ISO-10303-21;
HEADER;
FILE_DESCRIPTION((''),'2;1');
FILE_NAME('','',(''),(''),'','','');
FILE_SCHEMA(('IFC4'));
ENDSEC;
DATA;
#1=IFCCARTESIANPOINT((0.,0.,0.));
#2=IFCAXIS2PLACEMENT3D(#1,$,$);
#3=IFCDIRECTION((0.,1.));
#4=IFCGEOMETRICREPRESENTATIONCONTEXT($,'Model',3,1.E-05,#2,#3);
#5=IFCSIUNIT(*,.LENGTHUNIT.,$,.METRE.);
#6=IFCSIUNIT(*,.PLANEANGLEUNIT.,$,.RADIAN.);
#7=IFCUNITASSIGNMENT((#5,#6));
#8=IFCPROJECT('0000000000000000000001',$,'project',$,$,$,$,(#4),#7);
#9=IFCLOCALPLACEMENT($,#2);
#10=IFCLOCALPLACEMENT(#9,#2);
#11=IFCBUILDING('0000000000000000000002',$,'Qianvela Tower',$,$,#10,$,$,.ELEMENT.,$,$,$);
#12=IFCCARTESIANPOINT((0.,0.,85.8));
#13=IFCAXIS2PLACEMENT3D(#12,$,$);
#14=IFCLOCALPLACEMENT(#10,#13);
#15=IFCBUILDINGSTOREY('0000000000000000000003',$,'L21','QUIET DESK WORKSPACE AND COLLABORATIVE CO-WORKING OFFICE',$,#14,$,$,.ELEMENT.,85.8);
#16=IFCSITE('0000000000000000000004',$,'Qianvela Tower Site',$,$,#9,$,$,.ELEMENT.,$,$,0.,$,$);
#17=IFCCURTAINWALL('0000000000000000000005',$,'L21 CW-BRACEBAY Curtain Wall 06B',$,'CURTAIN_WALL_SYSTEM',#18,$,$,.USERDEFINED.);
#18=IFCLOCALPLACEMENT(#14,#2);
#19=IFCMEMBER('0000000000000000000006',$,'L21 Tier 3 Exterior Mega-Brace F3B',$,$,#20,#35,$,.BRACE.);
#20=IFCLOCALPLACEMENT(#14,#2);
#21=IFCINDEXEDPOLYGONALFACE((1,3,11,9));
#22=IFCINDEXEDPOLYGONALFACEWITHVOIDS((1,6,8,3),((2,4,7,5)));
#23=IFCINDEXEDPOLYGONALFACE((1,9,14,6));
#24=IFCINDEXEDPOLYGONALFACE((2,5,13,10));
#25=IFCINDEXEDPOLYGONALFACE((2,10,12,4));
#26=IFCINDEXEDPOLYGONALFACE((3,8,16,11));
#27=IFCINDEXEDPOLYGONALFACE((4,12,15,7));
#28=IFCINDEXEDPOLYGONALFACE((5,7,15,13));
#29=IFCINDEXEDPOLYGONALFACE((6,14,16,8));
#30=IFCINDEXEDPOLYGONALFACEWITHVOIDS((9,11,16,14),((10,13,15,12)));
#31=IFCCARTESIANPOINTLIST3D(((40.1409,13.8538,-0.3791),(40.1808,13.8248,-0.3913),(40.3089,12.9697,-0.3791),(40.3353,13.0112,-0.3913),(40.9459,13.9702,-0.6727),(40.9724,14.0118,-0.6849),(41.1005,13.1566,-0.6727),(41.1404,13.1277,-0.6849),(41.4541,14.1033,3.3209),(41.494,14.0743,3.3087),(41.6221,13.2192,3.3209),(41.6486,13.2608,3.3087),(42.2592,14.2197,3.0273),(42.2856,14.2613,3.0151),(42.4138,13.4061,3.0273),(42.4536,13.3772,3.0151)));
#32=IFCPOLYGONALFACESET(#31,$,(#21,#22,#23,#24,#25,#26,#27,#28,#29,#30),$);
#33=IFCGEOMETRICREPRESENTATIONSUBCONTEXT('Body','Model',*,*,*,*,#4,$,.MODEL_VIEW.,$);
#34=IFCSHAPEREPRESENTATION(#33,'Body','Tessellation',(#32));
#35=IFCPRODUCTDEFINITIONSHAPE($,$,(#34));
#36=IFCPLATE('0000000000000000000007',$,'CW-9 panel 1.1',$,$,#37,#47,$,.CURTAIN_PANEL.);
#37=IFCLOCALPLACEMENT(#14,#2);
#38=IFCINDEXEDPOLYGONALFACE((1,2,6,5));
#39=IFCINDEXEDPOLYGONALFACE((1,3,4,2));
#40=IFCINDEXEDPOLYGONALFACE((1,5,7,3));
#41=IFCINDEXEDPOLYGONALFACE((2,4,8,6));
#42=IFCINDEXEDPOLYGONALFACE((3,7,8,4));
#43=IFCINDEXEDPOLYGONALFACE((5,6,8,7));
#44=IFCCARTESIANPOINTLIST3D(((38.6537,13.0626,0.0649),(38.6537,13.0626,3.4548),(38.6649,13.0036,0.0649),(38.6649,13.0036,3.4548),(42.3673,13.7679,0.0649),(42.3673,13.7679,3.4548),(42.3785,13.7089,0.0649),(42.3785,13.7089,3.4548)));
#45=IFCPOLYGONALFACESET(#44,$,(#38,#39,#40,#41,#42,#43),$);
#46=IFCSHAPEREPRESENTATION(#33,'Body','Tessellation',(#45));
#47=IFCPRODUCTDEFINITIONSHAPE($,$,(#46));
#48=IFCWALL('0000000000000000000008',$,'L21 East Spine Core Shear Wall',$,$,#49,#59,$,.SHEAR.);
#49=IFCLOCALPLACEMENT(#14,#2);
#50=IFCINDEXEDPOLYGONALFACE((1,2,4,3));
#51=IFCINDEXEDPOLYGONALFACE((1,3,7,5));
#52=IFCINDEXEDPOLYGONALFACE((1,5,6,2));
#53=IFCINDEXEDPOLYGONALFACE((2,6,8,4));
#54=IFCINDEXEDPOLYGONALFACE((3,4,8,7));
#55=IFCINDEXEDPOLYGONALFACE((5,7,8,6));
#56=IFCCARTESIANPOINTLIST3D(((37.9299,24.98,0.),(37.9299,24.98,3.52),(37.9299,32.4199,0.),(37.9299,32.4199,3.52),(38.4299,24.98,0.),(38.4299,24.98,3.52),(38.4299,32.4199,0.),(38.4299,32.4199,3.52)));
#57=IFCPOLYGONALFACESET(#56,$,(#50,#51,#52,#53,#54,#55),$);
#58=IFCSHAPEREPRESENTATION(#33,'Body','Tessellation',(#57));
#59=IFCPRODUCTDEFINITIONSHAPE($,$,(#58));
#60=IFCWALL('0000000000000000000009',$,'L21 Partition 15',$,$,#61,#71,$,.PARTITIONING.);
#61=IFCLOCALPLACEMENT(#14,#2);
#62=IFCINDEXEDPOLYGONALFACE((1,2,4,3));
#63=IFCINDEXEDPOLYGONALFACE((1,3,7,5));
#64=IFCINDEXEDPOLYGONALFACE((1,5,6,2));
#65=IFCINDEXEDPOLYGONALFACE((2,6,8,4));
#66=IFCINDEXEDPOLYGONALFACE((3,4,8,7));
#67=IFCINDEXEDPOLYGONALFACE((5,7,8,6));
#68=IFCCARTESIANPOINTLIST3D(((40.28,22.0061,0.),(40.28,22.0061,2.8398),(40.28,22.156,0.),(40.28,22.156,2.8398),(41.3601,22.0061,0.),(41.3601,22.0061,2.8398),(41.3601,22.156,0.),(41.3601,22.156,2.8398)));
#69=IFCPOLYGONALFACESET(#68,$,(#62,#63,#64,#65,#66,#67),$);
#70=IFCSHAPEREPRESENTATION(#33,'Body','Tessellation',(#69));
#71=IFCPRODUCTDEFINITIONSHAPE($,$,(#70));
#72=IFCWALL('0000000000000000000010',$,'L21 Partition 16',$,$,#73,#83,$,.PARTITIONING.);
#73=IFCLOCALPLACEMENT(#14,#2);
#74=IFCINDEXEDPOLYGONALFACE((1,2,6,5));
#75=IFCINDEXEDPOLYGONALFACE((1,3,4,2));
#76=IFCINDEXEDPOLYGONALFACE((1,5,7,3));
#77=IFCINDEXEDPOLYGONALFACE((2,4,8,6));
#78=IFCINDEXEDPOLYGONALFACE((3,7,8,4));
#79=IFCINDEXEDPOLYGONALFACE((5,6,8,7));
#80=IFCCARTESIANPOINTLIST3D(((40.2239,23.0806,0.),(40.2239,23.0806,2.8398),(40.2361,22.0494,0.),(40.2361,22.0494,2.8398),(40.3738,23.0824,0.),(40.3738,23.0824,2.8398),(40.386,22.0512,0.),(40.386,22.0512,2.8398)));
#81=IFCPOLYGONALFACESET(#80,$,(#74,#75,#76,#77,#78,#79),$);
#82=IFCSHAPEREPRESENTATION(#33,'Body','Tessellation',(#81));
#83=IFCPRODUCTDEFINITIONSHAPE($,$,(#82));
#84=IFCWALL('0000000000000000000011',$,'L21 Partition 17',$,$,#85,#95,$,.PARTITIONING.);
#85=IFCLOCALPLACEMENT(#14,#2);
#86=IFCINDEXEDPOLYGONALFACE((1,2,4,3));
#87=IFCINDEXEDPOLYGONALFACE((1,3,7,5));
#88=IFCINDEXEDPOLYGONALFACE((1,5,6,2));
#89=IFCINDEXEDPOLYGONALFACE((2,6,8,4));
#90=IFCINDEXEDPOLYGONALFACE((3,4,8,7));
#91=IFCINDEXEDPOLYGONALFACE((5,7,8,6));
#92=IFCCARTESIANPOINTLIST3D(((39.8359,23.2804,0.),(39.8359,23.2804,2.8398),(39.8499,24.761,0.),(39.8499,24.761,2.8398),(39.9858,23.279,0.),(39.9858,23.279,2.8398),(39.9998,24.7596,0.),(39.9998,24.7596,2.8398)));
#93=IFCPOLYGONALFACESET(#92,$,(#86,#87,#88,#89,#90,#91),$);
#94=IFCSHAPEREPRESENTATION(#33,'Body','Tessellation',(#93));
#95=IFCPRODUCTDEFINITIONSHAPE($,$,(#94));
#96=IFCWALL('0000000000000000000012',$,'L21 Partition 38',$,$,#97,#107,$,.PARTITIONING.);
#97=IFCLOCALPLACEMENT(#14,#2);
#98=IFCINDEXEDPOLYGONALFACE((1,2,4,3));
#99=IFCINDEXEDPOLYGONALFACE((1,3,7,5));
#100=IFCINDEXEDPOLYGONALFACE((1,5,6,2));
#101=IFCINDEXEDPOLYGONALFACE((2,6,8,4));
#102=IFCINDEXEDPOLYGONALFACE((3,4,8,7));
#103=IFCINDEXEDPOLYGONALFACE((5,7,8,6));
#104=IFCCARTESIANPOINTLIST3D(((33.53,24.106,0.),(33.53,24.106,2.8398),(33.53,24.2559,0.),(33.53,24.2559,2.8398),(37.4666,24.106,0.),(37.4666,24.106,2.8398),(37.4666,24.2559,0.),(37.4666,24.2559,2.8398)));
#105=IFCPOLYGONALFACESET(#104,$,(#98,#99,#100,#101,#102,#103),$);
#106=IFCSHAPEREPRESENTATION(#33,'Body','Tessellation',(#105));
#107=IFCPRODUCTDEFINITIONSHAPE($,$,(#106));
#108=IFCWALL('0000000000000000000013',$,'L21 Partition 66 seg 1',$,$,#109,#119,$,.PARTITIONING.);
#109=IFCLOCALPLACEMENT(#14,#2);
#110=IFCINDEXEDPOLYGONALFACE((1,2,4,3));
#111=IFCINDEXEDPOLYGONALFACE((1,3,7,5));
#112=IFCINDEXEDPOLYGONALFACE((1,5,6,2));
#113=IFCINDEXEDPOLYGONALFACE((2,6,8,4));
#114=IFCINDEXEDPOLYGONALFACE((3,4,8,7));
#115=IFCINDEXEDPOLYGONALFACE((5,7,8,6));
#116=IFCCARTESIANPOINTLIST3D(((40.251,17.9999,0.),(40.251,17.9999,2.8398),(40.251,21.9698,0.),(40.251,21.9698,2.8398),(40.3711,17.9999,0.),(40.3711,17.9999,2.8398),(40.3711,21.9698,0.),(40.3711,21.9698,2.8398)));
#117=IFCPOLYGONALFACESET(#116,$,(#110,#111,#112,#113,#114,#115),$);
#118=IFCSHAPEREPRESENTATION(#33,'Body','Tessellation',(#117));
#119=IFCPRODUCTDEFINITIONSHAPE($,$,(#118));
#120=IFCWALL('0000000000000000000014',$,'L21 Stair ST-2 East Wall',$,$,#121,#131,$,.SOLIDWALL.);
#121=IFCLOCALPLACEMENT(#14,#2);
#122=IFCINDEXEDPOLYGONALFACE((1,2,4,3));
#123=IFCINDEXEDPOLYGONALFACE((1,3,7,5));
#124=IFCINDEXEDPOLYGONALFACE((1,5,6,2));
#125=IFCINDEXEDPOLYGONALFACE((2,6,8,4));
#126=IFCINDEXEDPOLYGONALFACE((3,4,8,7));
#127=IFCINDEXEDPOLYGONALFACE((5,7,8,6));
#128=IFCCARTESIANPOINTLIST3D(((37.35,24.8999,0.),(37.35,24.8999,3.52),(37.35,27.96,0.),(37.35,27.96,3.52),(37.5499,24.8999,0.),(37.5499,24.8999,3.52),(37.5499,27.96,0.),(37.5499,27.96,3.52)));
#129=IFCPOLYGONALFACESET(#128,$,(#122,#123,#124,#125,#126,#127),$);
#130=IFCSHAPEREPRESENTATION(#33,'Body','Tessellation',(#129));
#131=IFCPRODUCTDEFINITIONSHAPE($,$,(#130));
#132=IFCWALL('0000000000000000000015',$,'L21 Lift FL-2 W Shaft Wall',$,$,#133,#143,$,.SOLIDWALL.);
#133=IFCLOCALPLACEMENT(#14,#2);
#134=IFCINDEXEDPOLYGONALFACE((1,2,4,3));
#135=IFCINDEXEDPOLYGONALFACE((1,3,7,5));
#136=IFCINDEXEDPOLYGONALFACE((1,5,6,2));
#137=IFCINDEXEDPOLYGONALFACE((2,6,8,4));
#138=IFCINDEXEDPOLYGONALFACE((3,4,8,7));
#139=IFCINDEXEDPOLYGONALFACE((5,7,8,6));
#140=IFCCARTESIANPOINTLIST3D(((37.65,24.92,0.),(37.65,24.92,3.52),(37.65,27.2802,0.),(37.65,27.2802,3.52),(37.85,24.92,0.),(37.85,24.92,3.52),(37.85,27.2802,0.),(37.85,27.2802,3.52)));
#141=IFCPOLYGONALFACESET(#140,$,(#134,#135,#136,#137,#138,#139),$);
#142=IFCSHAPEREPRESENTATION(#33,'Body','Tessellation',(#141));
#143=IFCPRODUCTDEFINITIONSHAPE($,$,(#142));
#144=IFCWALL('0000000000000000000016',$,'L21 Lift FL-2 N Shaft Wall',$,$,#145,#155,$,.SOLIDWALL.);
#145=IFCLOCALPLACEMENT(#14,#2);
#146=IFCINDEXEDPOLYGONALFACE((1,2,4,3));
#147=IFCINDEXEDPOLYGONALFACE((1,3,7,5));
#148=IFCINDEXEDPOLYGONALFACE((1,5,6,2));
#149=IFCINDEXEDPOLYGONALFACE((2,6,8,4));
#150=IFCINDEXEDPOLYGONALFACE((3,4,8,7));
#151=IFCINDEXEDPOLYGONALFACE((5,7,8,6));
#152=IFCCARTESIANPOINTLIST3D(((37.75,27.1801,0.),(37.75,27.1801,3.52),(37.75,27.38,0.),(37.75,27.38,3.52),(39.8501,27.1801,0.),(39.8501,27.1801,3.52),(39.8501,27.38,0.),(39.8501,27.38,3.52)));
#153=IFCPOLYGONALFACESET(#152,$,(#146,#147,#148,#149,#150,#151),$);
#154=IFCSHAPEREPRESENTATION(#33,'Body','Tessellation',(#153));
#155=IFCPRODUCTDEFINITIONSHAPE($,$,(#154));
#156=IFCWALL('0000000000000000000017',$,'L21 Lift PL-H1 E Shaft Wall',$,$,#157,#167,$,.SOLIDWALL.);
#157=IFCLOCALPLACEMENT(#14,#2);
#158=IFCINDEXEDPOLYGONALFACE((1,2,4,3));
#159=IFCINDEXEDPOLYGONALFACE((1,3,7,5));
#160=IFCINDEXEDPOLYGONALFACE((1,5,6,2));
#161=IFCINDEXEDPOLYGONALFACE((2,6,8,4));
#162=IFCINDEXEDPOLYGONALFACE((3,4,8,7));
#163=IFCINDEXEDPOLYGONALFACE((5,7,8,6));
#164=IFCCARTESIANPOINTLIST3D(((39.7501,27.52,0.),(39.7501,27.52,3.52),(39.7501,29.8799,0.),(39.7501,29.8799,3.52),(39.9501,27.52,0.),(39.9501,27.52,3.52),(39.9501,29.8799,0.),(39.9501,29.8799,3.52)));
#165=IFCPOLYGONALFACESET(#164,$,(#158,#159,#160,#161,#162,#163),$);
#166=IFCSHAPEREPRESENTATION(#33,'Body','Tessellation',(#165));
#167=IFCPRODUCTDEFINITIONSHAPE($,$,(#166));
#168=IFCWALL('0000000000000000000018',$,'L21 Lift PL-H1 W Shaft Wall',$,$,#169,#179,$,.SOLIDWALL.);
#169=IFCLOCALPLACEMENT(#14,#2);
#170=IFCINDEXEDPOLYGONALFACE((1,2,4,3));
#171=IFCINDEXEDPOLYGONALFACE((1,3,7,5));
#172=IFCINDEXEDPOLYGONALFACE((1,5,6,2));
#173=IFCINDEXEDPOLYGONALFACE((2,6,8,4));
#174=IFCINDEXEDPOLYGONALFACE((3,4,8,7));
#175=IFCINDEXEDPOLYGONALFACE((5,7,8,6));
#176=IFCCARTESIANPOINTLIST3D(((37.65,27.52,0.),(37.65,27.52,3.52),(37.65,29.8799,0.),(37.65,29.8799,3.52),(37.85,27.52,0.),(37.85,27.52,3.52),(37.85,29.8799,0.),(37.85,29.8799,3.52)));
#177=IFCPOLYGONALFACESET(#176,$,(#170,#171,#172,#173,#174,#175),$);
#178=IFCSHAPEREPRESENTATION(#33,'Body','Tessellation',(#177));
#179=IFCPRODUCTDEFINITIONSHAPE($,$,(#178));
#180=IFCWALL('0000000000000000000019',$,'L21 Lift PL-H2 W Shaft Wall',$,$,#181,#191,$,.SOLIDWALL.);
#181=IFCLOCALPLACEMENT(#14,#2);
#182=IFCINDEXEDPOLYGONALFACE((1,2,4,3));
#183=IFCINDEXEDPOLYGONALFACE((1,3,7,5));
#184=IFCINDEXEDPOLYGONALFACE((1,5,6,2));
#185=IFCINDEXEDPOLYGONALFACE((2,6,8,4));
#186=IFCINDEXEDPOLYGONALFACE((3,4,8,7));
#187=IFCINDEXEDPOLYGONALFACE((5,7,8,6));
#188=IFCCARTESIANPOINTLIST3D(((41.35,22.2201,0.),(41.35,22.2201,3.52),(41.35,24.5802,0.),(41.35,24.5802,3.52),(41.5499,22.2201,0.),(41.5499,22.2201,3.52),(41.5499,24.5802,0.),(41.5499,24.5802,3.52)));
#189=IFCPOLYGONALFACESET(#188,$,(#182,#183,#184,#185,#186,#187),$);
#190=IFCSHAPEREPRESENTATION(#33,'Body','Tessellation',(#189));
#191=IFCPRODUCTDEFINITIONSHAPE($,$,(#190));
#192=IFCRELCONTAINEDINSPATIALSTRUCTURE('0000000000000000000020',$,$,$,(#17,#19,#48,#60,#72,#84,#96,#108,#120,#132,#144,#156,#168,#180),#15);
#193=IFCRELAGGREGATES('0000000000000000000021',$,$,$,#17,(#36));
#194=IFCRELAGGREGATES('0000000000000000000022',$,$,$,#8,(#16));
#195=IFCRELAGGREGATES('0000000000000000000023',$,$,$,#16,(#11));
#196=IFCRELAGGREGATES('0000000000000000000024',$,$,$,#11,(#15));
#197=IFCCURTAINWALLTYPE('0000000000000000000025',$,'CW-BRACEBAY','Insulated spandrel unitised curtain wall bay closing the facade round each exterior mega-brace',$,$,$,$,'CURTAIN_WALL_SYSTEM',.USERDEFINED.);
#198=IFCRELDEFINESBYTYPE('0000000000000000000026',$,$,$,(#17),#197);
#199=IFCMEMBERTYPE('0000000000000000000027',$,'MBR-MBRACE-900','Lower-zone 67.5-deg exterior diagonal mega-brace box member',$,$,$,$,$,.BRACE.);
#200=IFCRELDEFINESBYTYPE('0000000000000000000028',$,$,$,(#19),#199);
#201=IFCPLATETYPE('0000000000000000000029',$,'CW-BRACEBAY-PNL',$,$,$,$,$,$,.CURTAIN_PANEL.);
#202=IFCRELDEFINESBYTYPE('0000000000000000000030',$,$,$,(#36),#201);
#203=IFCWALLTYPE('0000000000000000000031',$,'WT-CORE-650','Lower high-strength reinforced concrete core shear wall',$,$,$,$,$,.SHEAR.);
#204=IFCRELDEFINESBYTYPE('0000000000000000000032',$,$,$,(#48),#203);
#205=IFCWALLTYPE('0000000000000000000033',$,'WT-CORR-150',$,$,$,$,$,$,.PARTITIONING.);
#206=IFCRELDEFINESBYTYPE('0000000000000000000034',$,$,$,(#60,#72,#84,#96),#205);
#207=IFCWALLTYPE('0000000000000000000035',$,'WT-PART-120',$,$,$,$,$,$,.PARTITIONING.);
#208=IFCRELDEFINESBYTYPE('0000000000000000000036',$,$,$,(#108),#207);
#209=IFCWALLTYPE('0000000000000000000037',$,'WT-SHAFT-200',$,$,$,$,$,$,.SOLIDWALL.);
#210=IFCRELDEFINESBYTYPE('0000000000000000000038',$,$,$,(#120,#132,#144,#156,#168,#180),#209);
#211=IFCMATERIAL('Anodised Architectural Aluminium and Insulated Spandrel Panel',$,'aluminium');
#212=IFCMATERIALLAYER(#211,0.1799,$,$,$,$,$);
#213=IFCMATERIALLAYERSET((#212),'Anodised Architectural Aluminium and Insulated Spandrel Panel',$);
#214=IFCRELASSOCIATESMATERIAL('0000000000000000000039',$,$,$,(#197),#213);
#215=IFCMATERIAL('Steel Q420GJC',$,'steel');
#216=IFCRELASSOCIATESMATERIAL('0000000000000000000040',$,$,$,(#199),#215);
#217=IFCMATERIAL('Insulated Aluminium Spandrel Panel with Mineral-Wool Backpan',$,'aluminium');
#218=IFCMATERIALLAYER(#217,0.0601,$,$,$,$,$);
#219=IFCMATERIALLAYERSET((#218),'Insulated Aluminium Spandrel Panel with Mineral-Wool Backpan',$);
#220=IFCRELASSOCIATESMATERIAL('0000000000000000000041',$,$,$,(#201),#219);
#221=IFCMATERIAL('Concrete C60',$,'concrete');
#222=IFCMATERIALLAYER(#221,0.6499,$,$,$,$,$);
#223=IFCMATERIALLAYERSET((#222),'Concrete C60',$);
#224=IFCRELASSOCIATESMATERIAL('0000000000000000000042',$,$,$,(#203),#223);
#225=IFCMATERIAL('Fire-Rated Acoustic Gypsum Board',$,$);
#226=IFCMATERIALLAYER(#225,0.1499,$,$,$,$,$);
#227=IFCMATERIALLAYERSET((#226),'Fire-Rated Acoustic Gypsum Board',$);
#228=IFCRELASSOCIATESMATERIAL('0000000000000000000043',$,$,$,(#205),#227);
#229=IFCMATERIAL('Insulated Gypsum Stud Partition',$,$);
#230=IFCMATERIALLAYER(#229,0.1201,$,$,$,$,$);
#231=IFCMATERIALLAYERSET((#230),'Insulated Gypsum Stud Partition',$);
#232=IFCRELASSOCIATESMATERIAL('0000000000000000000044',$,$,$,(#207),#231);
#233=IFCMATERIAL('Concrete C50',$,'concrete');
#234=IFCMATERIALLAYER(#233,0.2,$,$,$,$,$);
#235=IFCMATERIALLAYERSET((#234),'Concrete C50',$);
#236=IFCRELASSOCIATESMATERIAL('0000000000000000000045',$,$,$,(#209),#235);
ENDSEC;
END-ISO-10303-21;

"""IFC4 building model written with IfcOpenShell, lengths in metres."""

from ifc_helpers import new_model, si_unit, direction, frame, frame_2d, origin, origin_2d, place, context, subcontext, project, spatial, rectangle, hollow_rectangle, extrude, material, layer, layer_set, material_profile, profile_set, type_object, element, aggregate, save


model = new_model("IFC4")

# Units and contexts
model_context = context("Model", 3, precision=1e-05, world=origin(), true_north=direction((0.0, 1.0)))
body_context = subcontext(model_context, "Body", "Model", "MODEL_VIEW")
ifc_project = project(units=[si_unit("LENGTHUNIT", "METRE"), si_unit("PLANEANGLEUNIT", "RADIAN")], contexts=[model_context])

# Site, building, storey
site_placement = place(None, origin())
site = spatial("IfcSite", under=ifc_project, at=site_placement, Name="Qianvela Tower Site", CompositionType="ELEMENT", RefElevation=0.0)
building_placement = place(site_placement, origin())
building = spatial("IfcBuilding", under=site, at=building_placement, Name="Qianvela Tower", CompositionType="ELEMENT")
storey_placement = place(building_placement, frame((0.0, 0.0, 85.8)))
storey = spatial("IfcBuildingStorey", under=building, at=storey_placement, Name="L21", Description="QUIET DESK WORKSPACE AND COLLABORATIVE CO-WORKING OFFICE", CompositionType="ELEMENT", Elevation=85.8)

# Curtain wall
ifc_material_1 = material(Name="Anodised Architectural Aluminium and Insulated Spandrel Panel", Category="aluminium")
ifc_layer_1 = layer(ifc_material_1, 0.1799)
ifc_layer_set_1 = layer_set([ifc_layer_1], Name="Anodised Architectural Aluminium and Insulated Spandrel Panel")
curtain_wall_type_1 = type_object("IfcCurtainWallType", Name="CW-BRACEBAY", Description="Insulated spandrel unitised curtain wall bay closing the facade round each exterior mega-brace", ElementType="CURTAIN_WALL_SYSTEM", PredefinedType="USERDEFINED", material=ifc_layer_set_1)
curtain_wall_1_placement = place(storey_placement, origin())
curtain_wall_1 = element("IfcCurtainWall", 1, at=curtain_wall_1_placement, inside=storey, type_object=curtain_wall_type_1, Name="L21 CW-BRACEBAY Curtain Wall 06B", ObjectType="CURTAIN_WALL_SYSTEM", PredefinedType="USERDEFINED")

# Member
ifc_material_2 = material(Name="Steel Q420GJC", Category="steel")
ifc_material_profile_1 = material_profile(ifc_material_2, hollow_rectangle(XDim=0.8999, YDim=0.8999, WallThickness=0.0359, at=origin_2d()), Name="MBOX-900x900x36")
ifc_profile_set_1 = profile_set([ifc_material_profile_1], Name="Steel Q420GJC")
member_type_1 = type_object("IfcMemberType", Name="MBR-MBRACE-900", Description="Lower-zone 67.5-deg exterior diagonal mega-brace box member", PredefinedType="BRACE", material=ifc_profile_set_1)
member_1_placement = place(storey_placement, frame((40.6406, 13.4907, -0.532), z_axis=(0.333815, 0.063424, 0.940503), x_axis=(-0.186659, 0.982425, 0.0)))
element("IfcMember", 2, at=member_1_placement, inside=storey, type_object=member_type_1, Name="L21 Tier 3 Exterior Mega-Brace F3B", PredefinedType="BRACE", context=body_context, shape_type="SweptSolid", body=[
    extrude(hollow_rectangle(XDim=0.8999, YDim=0.8999, WallThickness=0.0359, at=origin_2d()), origin(), (0.0, 0.0, 1.0), 3.9341),
])

# Plate
ifc_material_3 = material(Name="Insulated Aluminium Spandrel Panel with Mineral-Wool Backpan", Category="aluminium")
ifc_layer_2 = layer(ifc_material_3, 0.0601)
ifc_layer_set_2 = layer_set([ifc_layer_2], Name="Insulated Aluminium Spandrel Panel with Mineral-Wool Backpan")
plate_type = type_object("IfcPlateType", Name="CW-BRACEBAY-PNL", PredefinedType="CURTAIN_PANEL", material=ifc_layer_set_2)
plate_placement = place(storey_placement, frame((40.5161, 13.3857, 0.0649), z_axis=(0.0, 0.0, 1.0), x_axis=(0.982441, 0.186575, 0.0)))
plate = element("IfcPlate", 3, at=plate_placement, type_object=plate_type, Name="CW-9 panel 1.1", PredefinedType="CURTAIN_PANEL", context=body_context, shape_type="SweptSolid", body=[
    extrude(rectangle(XDim=3.78, YDim=0.0601, at=origin_2d()), origin(), (0.0, 0.0, 1.0), 3.3899),
])
aggregate(curtain_wall_1, [plate])

# Walls
ifc_material_4 = material(Name="Concrete C60", Category="concrete")
ifc_layer_3 = layer(ifc_material_4, 0.6499)
ifc_layer_set_3 = layer_set([ifc_layer_3], Name="Concrete C60")
wall_type_1 = type_object("IfcWallType", Name="WT-CORE-650", Description="Lower high-strength reinforced concrete core shear wall", PredefinedType="SHEAR", material=ifc_layer_set_3)
wall_1_placement = place(storey_placement, frame((38.1799, 24.98, 0.0), z_axis=(0.0, 0.0, 1.0), x_axis=(0.0, 1.0, 0.0)))
element("IfcWall", 4, at=wall_1_placement, inside=storey, type_object=wall_type_1, Name="L21 East Spine Core Shear Wall", PredefinedType="SHEAR", context=body_context, shape_type="SweptSolid", body=[
    extrude(rectangle(XDim=7.4399, YDim=0.5, at=frame_2d((3.72, 0.0))), origin(), (0.0, 0.0, 1.0), 3.52),
])
ifc_material_5 = material(Name="Fire-Rated Acoustic Gypsum Board")
ifc_layer_4 = layer(ifc_material_5, 0.1499)
ifc_layer_set_4 = layer_set([ifc_layer_4], Name="Fire-Rated Acoustic Gypsum Board")
wall_type_2 = type_object("IfcWallType", Name="WT-CORR-150", PredefinedType="PARTITIONING", material=ifc_layer_set_4)
wall_2_placement = place(storey_placement, frame((41.3601, 22.0811, 0.0), z_axis=(0.0, 0.0, 1.0), x_axis=(-1.0, 0.0, 0.0)))
element("IfcWall", 5, at=wall_2_placement, inside=storey, type_object=wall_type_2, Name="L21 Partition 15", PredefinedType="PARTITIONING", context=body_context, shape_type="SweptSolid", body=[
    extrude(rectangle(XDim=1.0801, YDim=0.1499, at=frame_2d((0.54, 0.0))), origin(), (0.0, 0.0, 1.0), 2.8398),
])
wall_3_placement = place(storey_placement, frame((40.311, 22.0503, 0.0), z_axis=(0.0, 0.0, 1.0), x_axis=(-0.011836, 0.99993, 0.0)))
element("IfcWall", 6, at=wall_3_placement, inside=storey, type_object=wall_type_2, Name="L21 Partition 16", PredefinedType="PARTITIONING", context=body_context, shape_type="SweptSolid", body=[
    extrude(rectangle(XDim=1.0312, YDim=0.1499, at=frame_2d((0.5156, 0.0))), origin(), (0.0, 0.0, 1.0), 2.8398),
])
wall_4_placement = place(storey_placement, frame((39.9109, 23.2798, 0.0), z_axis=(0.0, 0.0, 1.0), x_axis=(0.009398, 0.999956, 0.0)))
element("IfcWall", 7, at=wall_4_placement, inside=storey, type_object=wall_type_2, Name="L21 Partition 17", PredefinedType="PARTITIONING", context=body_context, shape_type="SweptSolid", body=[
    extrude(rectangle(XDim=1.4807, YDim=0.1499, at=frame_2d((0.7402, 0.0))), origin(), (0.0, 0.0, 1.0), 2.8398),
])
wall_5_placement = place(storey_placement, frame((37.4666, 24.1809, 0.0), z_axis=(0.0, 0.0, 1.0), x_axis=(-1.0, 0.0, 0.0)))
element("IfcWall", 8, at=wall_5_placement, inside=storey, type_object=wall_type_2, Name="L21 Partition 38", PredefinedType="PARTITIONING", context=body_context, shape_type="SweptSolid", body=[
    extrude(rectangle(XDim=3.9365, YDim=0.1499, at=frame_2d((1.9683, 0.0))), origin(), (0.0, 0.0, 1.0), 2.8398),
])
ifc_material_6 = material(Name="Insulated Gypsum Stud Partition")
ifc_layer_5 = layer(ifc_material_6, 0.1201)
ifc_layer_set_5 = layer_set([ifc_layer_5], Name="Insulated Gypsum Stud Partition")
wall_type_3 = type_object("IfcWallType", Name="WT-PART-120", PredefinedType="PARTITIONING", material=ifc_layer_set_5)
wall_6_placement = place(storey_placement, frame((40.311, 18.0, 0.0), z_axis=(0.0, 0.0, 1.0), x_axis=(0.0, 1.0, 0.0)))
element("IfcWall", 9, at=wall_6_placement, inside=storey, type_object=wall_type_3, Name="L21 Partition 66 seg 1", PredefinedType="PARTITIONING", context=body_context, shape_type="SweptSolid", body=[
    extrude(rectangle(XDim=3.97, YDim=0.1201, at=frame_2d((1.9849, 0.0))), origin(), (0.0, 0.0, 1.0), 2.8398),
])
ifc_material_7 = material(Name="Concrete C50", Category="concrete")
ifc_layer_6 = layer(ifc_material_7, 0.2)
ifc_layer_set_6 = layer_set([ifc_layer_6], Name="Concrete C50")
wall_type_4 = type_object("IfcWallType", Name="WT-SHAFT-200", PredefinedType="SOLIDWALL", material=ifc_layer_set_6)
wall_7_placement = place(storey_placement, frame((37.45, 24.8999, 0.0), z_axis=(0.0, 0.0, 1.0), x_axis=(0.0, 1.0, 0.0)))
element("IfcWall", 10, at=wall_7_placement, inside=storey, type_object=wall_type_4, Name="L21 Stair ST-2 East Wall", PredefinedType="SOLIDWALL", context=body_context, shape_type="SweptSolid", body=[
    extrude(rectangle(XDim=3.0601, YDim=0.2, at=frame_2d((1.53, 0.0))), origin(), (0.0, 0.0, 1.0), 3.52),
])

# Walls
wall_8_placement = place(storey_placement, frame((37.75, 24.9199, 0.0), z_axis=(0.0, 0.0, 1.0), x_axis=(0.0, 1.0, 0.0)))
element("IfcWall", 11, at=wall_8_placement, inside=storey, type_object=wall_type_4, Name="L21 Lift FL-2 W Shaft Wall", PredefinedType="SOLIDWALL", context=body_context, shape_type="SweptSolid", body=[
    extrude(rectangle(XDim=2.3601, YDim=0.2, at=frame_2d((1.1802, 0.0))), origin(), (0.0, 0.0, 1.0), 3.52),
])
wall_9_placement = place(storey_placement, frame((37.75, 27.28, 0.0), z_axis=(0.0, 0.0, 1.0), x_axis=(1.0, 0.0, 0.0)))
element("IfcWall", 12, at=wall_9_placement, inside=storey, type_object=wall_type_4, Name="L21 Lift FL-2 N Shaft Wall", PredefinedType="SOLIDWALL", context=body_context, shape_type="SweptSolid", body=[
    extrude(rectangle(XDim=2.1001, YDim=0.2, at=frame_2d((1.05, 0.0))), origin(), (0.0, 0.0, 1.0), 3.52),
])
for number, where, z_axis, x_axis, name in (
    (13, (39.8501, 27.52, 0.0), (0.0, 0.0, 1.0), (0.0, 1.0, 0.0), "L21 Lift PL-H1 E Shaft Wall"),
    (14, (37.75, 27.52, 0.0), (0.0, 0.0, 1.0), (0.0, 1.0, 0.0), "L21 Lift PL-H1 W Shaft Wall"),
):
    element("IfcWall", number, at=place(storey_placement, frame(where, z_axis=z_axis, x_axis=x_axis)), inside=storey, type_object=wall_type_4, Name=name, PredefinedType="SOLIDWALL", context=body_context, shape_type="SweptSolid", body=[
        extrude(rectangle(XDim=2.3599, YDim=0.2, at=frame_2d((1.1799, 0.0))), origin(), (0.0, 0.0, 1.0), 3.52),
    ])
wall_10_placement = place(storey_placement, frame((41.45, 22.22, 0.0), z_axis=(0.0, 0.0, 1.0), x_axis=(0.0, 1.0, 0.0)))
element("IfcWall", 15, at=wall_10_placement, inside=storey, type_object=wall_type_4, Name="L21 Lift PL-H2 W Shaft Wall", PredefinedType="SOLIDWALL", context=body_context, shape_type="SweptSolid", body=[
    extrude(rectangle(XDim=2.3601, YDim=0.2, at=frame_2d((1.1802, 0.0))), origin(), (0.0, 0.0, 1.0), 3.52),
])

save(model, "model.ifc")
